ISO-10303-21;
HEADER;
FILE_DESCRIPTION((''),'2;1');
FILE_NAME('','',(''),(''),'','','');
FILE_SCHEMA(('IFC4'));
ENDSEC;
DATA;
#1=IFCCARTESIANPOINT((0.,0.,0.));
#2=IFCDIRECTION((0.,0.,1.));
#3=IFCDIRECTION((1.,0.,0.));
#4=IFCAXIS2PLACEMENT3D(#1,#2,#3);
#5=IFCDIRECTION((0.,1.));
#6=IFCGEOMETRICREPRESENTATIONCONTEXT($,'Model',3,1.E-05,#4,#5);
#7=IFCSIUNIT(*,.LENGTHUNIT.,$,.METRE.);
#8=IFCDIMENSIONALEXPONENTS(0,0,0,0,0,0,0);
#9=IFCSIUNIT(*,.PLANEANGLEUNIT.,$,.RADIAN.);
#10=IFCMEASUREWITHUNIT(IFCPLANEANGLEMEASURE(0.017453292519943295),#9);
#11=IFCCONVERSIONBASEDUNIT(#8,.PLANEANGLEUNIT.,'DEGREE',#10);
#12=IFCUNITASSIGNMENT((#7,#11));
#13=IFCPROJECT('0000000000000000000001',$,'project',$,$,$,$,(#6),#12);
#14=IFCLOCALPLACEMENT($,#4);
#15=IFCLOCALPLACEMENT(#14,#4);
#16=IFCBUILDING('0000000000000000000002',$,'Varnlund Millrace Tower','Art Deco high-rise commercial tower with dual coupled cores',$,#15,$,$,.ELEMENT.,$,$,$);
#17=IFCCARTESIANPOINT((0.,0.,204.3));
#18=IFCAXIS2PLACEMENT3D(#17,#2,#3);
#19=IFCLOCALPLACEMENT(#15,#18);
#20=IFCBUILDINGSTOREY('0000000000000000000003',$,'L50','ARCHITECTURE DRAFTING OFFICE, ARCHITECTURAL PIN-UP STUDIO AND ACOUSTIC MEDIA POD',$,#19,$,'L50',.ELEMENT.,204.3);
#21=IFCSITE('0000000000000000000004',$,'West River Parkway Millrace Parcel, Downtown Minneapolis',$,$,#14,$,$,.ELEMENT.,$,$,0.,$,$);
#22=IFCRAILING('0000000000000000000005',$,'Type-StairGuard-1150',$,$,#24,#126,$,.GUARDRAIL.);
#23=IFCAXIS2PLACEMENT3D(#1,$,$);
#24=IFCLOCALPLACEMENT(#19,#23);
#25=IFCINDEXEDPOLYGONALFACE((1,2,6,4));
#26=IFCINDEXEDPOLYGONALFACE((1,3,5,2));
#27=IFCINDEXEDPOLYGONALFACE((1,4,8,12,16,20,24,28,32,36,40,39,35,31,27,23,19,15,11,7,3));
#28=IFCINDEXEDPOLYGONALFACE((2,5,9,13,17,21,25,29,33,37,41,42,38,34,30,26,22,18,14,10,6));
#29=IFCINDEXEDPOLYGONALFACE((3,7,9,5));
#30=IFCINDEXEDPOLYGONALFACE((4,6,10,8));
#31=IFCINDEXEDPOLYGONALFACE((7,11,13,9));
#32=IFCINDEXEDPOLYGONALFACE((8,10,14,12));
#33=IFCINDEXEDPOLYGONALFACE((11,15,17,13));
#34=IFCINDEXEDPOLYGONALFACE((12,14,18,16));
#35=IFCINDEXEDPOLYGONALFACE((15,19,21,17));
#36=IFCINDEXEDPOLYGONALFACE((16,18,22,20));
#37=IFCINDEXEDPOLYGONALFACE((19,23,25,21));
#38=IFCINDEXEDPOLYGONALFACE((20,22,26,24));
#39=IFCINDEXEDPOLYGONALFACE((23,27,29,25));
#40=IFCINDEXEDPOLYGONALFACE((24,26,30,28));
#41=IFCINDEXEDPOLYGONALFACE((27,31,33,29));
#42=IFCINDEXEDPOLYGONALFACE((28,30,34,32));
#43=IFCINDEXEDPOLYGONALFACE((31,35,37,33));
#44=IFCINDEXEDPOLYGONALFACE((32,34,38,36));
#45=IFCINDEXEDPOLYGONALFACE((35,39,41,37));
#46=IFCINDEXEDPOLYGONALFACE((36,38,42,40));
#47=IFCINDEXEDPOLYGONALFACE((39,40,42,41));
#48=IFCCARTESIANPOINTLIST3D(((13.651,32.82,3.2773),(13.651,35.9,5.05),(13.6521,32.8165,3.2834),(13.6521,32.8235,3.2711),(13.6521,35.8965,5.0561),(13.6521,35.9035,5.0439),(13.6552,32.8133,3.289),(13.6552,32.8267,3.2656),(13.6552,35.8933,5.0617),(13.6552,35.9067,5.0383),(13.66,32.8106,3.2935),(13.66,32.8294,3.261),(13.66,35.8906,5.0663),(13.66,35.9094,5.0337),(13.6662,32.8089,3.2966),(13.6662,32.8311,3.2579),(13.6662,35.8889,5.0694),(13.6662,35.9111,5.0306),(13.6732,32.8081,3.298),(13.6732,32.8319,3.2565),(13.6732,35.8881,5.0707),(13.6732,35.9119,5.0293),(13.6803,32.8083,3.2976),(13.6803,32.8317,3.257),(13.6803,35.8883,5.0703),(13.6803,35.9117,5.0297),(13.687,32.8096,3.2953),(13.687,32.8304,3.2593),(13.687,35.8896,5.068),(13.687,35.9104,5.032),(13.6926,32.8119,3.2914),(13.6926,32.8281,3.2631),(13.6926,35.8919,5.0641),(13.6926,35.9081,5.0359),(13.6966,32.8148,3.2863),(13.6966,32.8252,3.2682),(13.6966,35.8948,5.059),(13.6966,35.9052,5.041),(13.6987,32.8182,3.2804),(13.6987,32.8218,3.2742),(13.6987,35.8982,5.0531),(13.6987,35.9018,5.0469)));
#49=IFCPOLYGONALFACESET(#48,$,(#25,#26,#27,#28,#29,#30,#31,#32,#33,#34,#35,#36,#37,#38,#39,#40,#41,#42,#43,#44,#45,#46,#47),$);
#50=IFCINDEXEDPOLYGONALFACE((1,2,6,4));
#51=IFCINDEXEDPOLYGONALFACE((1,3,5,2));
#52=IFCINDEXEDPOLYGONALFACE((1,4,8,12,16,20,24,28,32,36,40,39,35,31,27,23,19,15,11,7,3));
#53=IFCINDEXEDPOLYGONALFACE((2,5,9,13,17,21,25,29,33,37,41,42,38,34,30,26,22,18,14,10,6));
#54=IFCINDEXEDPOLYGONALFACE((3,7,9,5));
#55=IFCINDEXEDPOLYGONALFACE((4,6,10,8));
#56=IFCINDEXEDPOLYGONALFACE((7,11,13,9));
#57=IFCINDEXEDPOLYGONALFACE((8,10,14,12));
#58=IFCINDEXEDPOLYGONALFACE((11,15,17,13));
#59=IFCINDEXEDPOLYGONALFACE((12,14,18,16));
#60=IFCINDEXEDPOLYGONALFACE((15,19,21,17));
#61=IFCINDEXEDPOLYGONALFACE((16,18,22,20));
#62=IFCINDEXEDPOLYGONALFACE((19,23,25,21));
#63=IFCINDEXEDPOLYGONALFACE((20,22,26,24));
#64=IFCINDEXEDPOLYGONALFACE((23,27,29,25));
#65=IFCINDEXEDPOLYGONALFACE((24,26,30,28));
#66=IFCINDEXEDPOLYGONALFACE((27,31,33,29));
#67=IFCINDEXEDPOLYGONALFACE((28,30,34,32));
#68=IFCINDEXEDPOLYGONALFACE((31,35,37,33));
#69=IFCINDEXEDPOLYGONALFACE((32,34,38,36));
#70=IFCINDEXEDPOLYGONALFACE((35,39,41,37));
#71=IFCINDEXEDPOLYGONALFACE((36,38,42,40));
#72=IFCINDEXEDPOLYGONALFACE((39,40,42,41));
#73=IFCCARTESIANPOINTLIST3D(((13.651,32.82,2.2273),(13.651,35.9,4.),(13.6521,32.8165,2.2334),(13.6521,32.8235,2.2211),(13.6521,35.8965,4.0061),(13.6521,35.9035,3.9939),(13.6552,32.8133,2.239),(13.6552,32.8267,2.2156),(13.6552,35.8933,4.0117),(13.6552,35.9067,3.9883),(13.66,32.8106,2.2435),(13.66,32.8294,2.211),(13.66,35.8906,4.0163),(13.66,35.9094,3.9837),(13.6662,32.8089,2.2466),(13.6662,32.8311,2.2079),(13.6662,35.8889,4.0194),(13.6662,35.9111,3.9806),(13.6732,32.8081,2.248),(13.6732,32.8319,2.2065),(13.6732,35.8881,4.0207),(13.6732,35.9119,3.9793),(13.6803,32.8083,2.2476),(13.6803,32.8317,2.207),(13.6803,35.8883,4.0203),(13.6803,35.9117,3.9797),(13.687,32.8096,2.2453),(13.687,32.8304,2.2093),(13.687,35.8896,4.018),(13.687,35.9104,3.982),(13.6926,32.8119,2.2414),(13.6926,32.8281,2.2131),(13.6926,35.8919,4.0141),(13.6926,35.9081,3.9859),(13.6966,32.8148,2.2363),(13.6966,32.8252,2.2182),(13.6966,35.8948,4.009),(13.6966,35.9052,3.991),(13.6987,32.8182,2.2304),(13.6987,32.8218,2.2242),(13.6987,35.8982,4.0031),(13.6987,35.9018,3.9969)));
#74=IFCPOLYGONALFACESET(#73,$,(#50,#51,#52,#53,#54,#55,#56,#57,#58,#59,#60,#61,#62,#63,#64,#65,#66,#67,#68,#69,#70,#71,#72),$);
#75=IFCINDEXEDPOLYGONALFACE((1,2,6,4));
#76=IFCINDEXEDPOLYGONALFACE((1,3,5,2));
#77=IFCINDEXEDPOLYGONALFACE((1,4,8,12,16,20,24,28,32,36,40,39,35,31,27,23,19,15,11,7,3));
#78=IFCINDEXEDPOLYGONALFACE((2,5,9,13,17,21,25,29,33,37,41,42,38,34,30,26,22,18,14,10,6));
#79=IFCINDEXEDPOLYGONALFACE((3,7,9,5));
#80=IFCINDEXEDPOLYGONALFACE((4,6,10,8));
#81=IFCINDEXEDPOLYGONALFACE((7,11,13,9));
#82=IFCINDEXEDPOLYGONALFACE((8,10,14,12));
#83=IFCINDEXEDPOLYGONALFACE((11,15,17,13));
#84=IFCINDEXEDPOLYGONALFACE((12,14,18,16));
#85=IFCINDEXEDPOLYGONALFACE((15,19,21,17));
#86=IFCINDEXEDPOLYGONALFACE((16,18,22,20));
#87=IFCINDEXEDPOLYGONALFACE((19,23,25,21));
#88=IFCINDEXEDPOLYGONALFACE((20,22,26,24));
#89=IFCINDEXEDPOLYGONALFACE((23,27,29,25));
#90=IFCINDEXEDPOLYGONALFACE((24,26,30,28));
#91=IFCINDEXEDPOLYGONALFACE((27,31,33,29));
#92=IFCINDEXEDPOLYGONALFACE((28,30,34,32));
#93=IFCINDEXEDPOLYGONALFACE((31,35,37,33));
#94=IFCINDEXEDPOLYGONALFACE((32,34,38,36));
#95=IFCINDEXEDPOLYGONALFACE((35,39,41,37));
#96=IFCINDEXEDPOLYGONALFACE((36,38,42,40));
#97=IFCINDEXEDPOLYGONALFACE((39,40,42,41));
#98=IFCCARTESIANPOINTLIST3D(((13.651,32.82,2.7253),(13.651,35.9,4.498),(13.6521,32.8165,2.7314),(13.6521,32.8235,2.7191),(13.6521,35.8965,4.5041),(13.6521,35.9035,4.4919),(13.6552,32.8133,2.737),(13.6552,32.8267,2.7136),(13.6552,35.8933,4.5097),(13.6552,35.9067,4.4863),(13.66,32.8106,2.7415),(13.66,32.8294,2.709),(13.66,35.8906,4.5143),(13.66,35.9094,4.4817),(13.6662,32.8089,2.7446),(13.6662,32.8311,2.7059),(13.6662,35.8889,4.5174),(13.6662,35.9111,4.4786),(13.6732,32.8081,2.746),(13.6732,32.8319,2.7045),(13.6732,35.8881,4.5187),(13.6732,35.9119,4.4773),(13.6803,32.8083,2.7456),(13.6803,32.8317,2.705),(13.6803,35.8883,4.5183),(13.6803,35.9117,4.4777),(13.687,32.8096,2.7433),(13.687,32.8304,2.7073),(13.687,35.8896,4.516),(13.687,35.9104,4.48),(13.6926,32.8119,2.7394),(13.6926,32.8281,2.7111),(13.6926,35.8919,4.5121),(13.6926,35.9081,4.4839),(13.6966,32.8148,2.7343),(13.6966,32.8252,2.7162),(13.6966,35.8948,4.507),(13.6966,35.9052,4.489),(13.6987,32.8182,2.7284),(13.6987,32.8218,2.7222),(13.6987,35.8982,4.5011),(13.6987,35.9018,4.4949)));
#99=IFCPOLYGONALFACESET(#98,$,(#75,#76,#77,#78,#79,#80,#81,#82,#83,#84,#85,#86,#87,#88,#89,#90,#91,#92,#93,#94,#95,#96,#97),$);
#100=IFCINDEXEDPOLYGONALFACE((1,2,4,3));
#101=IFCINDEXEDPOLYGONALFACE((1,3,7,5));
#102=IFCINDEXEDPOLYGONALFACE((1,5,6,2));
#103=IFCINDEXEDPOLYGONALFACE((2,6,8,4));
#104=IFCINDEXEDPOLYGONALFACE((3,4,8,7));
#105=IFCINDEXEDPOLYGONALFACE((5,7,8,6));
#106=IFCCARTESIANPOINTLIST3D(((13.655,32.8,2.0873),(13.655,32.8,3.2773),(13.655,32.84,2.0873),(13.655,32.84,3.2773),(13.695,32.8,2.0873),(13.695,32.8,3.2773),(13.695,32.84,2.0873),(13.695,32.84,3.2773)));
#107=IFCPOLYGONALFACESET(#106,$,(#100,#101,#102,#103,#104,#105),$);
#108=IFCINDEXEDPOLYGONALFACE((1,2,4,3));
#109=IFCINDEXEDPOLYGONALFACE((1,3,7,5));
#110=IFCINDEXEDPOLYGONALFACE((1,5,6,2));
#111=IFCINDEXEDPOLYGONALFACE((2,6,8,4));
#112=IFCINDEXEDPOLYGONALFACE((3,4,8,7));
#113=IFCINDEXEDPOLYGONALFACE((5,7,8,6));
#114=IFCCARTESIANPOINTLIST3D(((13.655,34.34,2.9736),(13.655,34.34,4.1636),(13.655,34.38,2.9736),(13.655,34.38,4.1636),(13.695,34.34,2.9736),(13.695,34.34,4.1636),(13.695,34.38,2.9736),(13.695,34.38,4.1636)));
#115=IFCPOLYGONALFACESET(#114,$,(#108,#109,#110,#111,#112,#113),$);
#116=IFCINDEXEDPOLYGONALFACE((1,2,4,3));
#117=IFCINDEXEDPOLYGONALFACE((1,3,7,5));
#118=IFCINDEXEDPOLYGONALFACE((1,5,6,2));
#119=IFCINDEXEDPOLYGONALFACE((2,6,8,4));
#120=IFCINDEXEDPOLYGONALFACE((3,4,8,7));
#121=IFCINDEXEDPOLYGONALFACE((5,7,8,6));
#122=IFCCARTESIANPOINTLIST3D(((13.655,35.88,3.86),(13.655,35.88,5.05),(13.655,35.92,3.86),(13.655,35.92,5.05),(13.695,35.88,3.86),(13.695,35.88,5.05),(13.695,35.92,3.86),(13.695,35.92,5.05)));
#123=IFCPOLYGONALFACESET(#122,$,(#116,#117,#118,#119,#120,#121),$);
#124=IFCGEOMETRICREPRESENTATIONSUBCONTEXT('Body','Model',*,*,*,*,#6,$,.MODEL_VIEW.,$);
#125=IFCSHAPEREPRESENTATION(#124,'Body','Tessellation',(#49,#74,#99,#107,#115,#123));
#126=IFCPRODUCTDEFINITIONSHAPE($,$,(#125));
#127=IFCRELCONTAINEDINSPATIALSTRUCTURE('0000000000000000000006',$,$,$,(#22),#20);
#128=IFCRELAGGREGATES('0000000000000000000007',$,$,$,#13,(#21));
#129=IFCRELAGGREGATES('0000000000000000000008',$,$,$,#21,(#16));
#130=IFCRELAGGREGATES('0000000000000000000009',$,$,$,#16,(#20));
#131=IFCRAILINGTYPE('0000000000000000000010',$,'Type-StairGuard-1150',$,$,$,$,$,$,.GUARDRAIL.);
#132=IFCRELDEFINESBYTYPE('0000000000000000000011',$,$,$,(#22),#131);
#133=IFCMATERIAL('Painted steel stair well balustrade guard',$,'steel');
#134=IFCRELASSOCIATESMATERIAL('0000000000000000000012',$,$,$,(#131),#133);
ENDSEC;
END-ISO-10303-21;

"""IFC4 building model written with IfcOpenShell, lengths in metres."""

from ifc_helpers import new_model, entity, si_unit, converted_unit, direction, frame, origin_with_axes, origin_2d_with_axis, place, context, subcontext, project, spatial, rectangle, circle, extrude, material, type_object, element, save


model = new_model("IFC4")

# Units and contexts
model_context = context("Model", 3, precision=1e-05, world=origin_with_axes(), true_north=direction((0.0, 1.0)))
body_context = subcontext(model_context, "Body", "Model", "MODEL_VIEW")
ifc_project = project(units=[si_unit("LENGTHUNIT", "METRE"), converted_unit("PLANEANGLEUNIT", "DEGREE", entity("IfcPlaneAngleMeasure", 0.017453292519943295), si_unit("PLANEANGLEUNIT", "RADIAN"), dimensions=[0, 0, 0, 0, 0, 0, 0])], contexts=[model_context])

# Site, building, storey
site_placement = place(None, origin_with_axes())
site = spatial("IfcSite", under=ifc_project, at=site_placement, Name="West River Parkway Millrace Parcel, Downtown Minneapolis", CompositionType="ELEMENT", RefElevation=0.0)
building_placement = place(site_placement, origin_with_axes())
building = spatial("IfcBuilding", under=site, at=building_placement, Name="Varnlund Millrace Tower", Description="Art Deco high-rise commercial tower with dual coupled cores", CompositionType="ELEMENT")
storey_placement = place(building_placement, frame((0.0, 0.0, 204.3), z_axis=(0.0, 0.0, 1.0), x_axis=(1.0, 0.0, 0.0)))
storey = spatial("IfcBuildingStorey", under=building, at=storey_placement, Name="L50", Description="ARCHITECTURE DRAFTING OFFICE, ARCHITECTURAL PIN-UP STUDIO AND ACOUSTIC MEDIA POD", LongName="L50", CompositionType="ELEMENT", Elevation=204.3)

# Railing
ifc_material_1 = material(Name="Painted steel stair well balustrade guard", Category="steel")
railing_type_1 = type_object("IfcRailingType", Name="Type-StairGuard-1150", PredefinedType="GUARDRAIL", material=ifc_material_1)
railing_1_placement = place(storey_placement, frame((0.0, 0.0, -204.3), z_axis=(0.0, 0.0, 1.0), x_axis=(1.0, 0.0, 0.0)))
element("IfcRailing", 1, at=railing_1_placement, inside=storey, type_object=railing_type_1, Name="Type-StairGuard-1150", PredefinedType="GUARDRAIL", context=body_context, shape_type="SweptSolid", body=[
    extrude(circle(Radius=0.024, at=origin_2d_with_axis()), frame((13.675, 32.82, 207.5773), z_axis=(0.0, 0.866696, 0.498836), x_axis=(-1.0, 0.0, 0.0)), (0.0, 0.0, 1.0), 3.5537),
    extrude(circle(Radius=0.024, at=origin_2d_with_axis()), frame((13.675, 32.82, 206.5273), z_axis=(0.0, 0.866696, 0.498836), x_axis=(-1.0, 0.0, 0.0)), (0.0, 0.0, 1.0), 3.5537),
    extrude(circle(Radius=0.024, at=origin_2d_with_axis()), frame((13.675, 32.82, 207.0253), z_axis=(0.0, 0.866696, 0.498836), x_axis=(-1.0, 0.0, 0.0)), (0.0, 0.0, 1.0), 3.5537),
    extrude(rectangle(XDim=0.04, YDim=0.04, at=origin_2d_with_axis()), frame((13.675, 32.82, 206.3873), z_axis=(0.0, 0.0, 1.0), x_axis=(1.0, 0.0, 0.0)), (0.0, 0.0, 1.0), 1.19),
    extrude(rectangle(XDim=0.04, YDim=0.04, at=origin_2d_with_axis()), frame((13.675, 34.36, 207.2736), z_axis=(0.0, 0.0, 1.0), x_axis=(1.0, 0.0, 0.0)), (0.0, 0.0, 1.0), 1.19),
    extrude(rectangle(XDim=0.04, YDim=0.04, at=origin_2d_with_axis()), frame((13.675, 35.9, 208.16), z_axis=(0.0, 0.0, 1.0), x_axis=(1.0, 0.0, 0.0)), (0.0, 0.0, 1.0), 1.19),
])

save(model, "model.ifc")
